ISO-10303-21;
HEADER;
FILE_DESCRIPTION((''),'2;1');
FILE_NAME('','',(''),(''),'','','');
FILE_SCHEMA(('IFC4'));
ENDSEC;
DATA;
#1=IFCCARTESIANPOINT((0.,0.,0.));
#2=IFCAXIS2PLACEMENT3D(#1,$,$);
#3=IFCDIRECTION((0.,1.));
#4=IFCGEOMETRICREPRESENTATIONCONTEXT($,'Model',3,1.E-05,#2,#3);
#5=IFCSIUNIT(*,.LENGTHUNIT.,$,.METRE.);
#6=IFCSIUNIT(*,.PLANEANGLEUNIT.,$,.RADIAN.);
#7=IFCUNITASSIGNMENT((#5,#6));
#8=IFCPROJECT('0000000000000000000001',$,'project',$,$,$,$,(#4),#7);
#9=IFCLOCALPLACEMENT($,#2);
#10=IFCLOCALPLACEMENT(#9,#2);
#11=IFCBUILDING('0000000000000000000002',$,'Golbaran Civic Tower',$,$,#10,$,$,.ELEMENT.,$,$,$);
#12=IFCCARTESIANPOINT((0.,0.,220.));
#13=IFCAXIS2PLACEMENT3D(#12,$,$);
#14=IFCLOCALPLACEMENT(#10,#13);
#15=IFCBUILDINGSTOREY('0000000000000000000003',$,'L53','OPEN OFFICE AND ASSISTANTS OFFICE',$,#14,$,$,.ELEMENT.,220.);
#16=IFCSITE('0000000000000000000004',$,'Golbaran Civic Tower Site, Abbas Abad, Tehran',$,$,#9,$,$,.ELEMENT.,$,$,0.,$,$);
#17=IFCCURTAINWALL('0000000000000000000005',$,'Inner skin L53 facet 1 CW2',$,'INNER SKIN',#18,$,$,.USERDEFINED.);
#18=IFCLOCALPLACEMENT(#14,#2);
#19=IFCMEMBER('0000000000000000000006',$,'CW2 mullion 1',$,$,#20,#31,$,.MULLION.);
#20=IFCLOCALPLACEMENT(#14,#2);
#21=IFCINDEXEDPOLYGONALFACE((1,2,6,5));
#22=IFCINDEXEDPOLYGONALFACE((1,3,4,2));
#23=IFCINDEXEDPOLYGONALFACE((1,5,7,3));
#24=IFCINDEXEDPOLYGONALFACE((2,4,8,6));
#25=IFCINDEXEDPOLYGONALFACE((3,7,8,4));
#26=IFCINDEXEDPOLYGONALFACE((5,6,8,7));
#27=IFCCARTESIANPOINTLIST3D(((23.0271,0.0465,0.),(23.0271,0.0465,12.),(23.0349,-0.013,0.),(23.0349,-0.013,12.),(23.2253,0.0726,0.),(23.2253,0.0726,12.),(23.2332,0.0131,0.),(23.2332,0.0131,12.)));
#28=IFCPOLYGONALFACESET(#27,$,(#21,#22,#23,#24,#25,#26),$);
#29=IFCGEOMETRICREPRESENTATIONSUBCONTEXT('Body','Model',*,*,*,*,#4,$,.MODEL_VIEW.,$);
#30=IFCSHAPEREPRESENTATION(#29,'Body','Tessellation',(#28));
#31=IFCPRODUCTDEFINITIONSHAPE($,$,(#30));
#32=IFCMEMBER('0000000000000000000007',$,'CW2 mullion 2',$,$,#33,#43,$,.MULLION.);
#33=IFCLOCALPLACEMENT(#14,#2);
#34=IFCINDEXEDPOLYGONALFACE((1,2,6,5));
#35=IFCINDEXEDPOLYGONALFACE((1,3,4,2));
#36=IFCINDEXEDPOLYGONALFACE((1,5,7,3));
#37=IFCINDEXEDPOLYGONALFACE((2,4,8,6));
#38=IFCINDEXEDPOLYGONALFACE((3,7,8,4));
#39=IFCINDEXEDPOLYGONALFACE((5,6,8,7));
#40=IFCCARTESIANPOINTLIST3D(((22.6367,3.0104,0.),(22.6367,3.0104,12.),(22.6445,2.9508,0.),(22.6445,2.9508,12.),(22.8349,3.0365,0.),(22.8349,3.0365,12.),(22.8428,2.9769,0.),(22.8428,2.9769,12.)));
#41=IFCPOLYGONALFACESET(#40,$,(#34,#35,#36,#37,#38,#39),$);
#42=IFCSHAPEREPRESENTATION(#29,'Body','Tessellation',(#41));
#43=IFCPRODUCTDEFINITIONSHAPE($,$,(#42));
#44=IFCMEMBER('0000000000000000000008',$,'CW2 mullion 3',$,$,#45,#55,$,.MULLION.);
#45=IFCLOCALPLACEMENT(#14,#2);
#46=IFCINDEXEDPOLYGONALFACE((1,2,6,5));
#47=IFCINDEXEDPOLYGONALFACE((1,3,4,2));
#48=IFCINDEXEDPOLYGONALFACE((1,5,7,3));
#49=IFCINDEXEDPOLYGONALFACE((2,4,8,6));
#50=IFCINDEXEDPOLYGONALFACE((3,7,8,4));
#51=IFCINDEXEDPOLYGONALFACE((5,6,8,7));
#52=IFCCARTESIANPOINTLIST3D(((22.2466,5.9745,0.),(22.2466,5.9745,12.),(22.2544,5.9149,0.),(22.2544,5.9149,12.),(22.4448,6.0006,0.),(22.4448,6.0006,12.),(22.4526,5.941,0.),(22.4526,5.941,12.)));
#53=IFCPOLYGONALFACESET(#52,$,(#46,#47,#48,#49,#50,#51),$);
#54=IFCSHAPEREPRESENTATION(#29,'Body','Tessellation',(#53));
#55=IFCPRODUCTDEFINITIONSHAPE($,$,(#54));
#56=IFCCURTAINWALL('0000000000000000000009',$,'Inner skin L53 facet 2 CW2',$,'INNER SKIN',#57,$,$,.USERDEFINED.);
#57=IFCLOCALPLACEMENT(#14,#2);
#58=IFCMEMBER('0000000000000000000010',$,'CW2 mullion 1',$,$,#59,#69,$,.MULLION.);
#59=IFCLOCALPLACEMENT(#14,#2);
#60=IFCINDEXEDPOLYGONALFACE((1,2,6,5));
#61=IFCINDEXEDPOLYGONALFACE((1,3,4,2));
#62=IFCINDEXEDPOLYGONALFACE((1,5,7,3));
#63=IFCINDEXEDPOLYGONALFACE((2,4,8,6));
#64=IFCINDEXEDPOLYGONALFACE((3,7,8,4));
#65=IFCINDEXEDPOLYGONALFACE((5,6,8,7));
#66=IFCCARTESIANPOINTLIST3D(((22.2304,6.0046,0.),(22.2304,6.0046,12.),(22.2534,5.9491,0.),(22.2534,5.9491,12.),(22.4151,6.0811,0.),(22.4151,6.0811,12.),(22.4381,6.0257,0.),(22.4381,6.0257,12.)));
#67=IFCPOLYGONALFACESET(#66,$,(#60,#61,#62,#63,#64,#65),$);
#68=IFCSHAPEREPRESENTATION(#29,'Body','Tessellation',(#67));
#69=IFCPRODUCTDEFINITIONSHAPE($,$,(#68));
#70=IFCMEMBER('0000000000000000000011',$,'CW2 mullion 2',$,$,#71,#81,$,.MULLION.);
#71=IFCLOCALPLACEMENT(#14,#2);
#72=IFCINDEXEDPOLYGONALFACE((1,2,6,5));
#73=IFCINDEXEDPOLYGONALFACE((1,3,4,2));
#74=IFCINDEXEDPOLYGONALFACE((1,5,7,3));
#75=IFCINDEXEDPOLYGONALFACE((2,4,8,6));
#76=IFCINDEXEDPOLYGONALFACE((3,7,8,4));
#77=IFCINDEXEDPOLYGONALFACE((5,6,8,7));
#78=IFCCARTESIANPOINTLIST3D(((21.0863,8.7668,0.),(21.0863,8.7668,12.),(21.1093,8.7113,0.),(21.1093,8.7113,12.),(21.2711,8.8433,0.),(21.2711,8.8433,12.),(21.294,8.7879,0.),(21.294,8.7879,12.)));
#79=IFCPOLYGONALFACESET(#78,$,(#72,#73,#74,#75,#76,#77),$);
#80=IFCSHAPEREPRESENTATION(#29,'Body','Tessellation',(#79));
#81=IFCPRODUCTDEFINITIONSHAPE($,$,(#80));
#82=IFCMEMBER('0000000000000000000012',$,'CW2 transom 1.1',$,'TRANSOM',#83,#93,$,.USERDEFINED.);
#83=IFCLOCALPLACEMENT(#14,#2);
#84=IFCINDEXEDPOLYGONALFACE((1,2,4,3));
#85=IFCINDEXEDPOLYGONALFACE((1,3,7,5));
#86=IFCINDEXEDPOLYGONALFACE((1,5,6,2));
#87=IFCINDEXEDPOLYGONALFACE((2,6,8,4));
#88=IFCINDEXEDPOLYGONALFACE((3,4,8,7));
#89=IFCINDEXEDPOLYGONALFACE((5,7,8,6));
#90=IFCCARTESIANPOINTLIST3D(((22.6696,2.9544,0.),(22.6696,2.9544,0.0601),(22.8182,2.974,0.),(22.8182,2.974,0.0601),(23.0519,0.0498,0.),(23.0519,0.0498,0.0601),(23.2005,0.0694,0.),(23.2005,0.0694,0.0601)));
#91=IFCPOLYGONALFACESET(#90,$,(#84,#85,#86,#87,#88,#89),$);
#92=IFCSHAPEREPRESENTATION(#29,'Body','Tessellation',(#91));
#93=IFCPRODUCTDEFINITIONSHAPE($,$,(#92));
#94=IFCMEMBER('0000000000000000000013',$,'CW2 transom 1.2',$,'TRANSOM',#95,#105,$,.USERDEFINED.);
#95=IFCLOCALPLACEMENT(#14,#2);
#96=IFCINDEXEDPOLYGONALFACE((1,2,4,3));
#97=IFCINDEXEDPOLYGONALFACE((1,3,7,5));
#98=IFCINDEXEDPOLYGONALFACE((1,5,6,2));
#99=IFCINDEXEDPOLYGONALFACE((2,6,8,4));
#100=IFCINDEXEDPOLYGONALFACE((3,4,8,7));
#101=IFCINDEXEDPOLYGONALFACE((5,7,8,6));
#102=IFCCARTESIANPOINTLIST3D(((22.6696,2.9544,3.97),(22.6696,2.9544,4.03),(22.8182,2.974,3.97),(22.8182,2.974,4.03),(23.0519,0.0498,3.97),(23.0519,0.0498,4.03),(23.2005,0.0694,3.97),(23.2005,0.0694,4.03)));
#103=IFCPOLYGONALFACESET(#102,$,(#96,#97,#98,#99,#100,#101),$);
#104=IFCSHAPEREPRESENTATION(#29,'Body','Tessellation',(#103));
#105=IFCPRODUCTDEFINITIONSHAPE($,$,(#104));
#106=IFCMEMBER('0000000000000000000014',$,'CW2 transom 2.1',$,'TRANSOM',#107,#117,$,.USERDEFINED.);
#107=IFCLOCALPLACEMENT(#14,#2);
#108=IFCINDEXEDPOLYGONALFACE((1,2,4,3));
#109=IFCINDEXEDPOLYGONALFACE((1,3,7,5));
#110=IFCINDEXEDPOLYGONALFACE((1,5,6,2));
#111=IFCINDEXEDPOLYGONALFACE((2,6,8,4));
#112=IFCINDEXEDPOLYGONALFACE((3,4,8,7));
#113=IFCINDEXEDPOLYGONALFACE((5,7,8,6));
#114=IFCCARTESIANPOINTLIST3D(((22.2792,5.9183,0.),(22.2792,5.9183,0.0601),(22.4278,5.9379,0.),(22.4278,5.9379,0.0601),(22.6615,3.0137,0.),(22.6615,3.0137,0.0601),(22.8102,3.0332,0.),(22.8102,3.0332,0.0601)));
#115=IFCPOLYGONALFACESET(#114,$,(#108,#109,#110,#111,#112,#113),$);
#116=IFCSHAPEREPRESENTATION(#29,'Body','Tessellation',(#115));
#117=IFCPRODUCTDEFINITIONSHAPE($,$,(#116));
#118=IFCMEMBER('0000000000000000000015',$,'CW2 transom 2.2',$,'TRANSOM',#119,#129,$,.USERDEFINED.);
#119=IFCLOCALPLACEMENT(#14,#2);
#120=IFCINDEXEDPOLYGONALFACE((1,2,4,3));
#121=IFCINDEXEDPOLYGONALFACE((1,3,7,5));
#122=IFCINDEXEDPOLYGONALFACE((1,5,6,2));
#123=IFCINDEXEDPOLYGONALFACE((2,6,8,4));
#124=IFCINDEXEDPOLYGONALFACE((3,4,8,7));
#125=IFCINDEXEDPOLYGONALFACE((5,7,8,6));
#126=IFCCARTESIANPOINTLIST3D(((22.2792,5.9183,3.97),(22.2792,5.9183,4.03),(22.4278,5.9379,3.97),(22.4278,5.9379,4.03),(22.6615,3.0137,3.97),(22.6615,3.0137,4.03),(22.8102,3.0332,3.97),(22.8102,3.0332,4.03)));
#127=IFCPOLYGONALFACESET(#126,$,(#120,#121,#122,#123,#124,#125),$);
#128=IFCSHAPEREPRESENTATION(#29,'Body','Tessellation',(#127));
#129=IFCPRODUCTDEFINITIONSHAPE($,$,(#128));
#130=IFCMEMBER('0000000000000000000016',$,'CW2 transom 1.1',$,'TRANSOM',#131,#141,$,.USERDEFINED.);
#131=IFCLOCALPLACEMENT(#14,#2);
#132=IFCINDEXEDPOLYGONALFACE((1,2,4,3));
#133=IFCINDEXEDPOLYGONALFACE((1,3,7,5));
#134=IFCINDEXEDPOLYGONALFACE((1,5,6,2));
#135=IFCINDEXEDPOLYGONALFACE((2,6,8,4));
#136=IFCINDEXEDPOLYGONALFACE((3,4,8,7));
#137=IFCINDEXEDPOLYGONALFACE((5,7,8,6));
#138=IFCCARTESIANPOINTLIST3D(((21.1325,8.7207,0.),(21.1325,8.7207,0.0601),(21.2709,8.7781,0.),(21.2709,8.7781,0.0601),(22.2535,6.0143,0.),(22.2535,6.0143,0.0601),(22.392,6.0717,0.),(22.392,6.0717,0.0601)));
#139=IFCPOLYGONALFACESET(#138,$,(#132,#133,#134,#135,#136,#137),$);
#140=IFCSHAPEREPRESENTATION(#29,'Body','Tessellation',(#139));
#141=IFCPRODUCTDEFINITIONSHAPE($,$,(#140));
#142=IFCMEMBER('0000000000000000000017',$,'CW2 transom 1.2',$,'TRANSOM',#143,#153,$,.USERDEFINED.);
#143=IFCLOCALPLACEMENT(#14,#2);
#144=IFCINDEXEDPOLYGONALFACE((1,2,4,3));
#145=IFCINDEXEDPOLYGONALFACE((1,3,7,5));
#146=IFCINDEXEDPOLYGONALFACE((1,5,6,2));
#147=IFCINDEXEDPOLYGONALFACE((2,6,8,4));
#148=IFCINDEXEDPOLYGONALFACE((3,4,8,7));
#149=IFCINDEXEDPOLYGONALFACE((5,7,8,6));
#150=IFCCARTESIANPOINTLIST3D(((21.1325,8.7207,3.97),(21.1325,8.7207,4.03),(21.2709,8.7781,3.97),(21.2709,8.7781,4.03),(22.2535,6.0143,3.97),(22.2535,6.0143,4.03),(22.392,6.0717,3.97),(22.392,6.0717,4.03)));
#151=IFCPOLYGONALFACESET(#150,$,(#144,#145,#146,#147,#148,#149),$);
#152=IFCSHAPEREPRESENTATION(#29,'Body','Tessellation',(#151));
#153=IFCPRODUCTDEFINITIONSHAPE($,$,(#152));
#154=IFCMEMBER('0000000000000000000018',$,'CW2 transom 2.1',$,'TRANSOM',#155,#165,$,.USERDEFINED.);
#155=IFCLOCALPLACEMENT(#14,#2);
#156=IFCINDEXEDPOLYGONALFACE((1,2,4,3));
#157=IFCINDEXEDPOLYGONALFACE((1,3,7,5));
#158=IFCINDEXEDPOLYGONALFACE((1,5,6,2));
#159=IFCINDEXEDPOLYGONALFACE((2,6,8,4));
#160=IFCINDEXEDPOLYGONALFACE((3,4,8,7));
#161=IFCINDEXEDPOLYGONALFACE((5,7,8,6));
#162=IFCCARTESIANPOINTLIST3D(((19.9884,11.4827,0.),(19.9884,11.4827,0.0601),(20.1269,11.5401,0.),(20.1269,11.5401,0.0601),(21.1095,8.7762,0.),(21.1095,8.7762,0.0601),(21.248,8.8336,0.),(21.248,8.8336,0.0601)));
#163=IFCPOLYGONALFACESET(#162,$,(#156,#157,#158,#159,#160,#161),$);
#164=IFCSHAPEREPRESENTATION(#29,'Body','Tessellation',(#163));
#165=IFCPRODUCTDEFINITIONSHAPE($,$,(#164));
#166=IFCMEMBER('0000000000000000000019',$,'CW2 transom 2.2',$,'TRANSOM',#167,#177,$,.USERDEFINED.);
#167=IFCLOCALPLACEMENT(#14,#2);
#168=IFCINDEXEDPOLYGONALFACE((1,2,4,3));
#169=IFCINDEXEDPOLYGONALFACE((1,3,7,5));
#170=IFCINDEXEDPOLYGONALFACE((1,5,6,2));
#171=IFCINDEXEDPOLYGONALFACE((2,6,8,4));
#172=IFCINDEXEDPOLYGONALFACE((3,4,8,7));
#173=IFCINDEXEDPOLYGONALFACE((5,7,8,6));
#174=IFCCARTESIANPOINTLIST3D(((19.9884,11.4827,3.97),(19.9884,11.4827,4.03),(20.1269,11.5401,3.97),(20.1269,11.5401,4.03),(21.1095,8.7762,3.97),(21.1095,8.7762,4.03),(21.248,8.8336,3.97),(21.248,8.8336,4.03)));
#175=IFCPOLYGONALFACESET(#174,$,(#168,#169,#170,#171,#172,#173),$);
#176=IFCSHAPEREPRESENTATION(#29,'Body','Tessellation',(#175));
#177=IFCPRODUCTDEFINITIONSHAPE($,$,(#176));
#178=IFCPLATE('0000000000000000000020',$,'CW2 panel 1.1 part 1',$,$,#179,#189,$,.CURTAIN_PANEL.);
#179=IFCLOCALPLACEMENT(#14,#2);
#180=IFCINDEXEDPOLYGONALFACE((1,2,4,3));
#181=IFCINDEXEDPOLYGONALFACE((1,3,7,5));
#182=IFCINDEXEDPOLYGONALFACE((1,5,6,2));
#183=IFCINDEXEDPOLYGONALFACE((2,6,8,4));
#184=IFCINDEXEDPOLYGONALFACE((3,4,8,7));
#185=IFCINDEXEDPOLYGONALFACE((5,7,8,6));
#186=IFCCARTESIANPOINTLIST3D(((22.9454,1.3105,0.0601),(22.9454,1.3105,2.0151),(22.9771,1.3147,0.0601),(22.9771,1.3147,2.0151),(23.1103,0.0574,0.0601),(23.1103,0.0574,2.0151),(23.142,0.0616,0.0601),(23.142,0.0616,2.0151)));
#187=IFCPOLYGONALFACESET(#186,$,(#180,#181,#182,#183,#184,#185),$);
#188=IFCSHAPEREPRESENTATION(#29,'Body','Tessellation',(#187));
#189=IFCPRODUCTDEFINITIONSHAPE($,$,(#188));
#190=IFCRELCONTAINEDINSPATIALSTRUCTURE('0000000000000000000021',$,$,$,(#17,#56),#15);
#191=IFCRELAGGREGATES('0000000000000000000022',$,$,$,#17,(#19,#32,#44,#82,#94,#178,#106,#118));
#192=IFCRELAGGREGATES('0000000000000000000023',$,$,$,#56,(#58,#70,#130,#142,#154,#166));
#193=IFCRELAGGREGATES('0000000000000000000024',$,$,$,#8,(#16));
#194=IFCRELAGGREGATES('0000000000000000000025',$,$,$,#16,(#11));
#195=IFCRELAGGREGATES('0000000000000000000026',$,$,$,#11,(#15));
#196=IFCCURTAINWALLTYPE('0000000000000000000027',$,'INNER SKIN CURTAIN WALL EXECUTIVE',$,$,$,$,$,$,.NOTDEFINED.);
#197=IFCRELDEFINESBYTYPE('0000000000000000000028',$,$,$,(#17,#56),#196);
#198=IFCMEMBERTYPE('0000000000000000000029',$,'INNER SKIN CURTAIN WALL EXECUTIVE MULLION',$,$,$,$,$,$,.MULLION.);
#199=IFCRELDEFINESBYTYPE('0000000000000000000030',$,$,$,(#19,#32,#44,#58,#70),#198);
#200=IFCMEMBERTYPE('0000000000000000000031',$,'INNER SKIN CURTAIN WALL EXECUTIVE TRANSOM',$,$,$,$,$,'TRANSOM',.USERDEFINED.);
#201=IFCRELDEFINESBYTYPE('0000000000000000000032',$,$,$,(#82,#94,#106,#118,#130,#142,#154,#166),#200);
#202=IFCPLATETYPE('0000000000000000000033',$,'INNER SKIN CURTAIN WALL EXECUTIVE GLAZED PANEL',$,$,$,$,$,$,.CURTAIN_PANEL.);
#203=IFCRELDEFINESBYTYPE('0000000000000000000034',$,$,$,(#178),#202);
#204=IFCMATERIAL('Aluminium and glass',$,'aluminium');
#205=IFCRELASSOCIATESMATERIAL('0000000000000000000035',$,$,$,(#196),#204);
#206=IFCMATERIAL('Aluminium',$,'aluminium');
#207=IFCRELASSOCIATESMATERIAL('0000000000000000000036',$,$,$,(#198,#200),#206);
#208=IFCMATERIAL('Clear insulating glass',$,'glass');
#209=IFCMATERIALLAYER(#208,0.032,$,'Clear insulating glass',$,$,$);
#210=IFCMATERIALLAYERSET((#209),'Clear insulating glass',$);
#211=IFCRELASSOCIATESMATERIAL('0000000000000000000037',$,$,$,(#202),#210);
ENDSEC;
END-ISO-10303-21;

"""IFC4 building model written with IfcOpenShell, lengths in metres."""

from ifc_helpers import new_model, si_unit, direction, frame, origin, origin_2d, place, context, subcontext, project, spatial, rectangle, extrude, material, layer, layer_set, material_profile, profile_set, type_object, element, aggregate, save


model = new_model("IFC4")

# Units and contexts
model_context = context("Model", 3, precision=1e-05, world=origin(), true_north=direction((0.0, 1.0)))
body_context = subcontext(model_context, "Body", "Model", "MODEL_VIEW")
ifc_project = project(units=[si_unit("LENGTHUNIT", "METRE"), si_unit("PLANEANGLEUNIT", "RADIAN")], contexts=[model_context])

# Site, building, storey
site_placement = place(None, origin())
site = spatial("IfcSite", under=ifc_project, at=site_placement, Name="Golbaran Civic Tower Site, Abbas Abad, Tehran", CompositionType="ELEMENT", RefElevation=0.0)
building_placement = place(site_placement, origin())
building = spatial("IfcBuilding", under=site, at=building_placement, Name="Golbaran Civic Tower", CompositionType="ELEMENT")
storey_placement = place(building_placement, frame((0.0, 0.0, 220.0)))
storey = spatial("IfcBuildingStorey", under=building, at=storey_placement, Name="L53", Description="OPEN OFFICE AND ASSISTANTS OFFICE", CompositionType="ELEMENT", Elevation=220.0)

# Curtain walls, members
ifc_material_1 = material(Name="Aluminium and glass", Category="aluminium")
curtain_wall_type = type_object("IfcCurtainWallType", Name="INNER SKIN CURTAIN WALL EXECUTIVE", PredefinedType="NOTDEFINED", material=ifc_material_1)
curtain_wall_1_placement = place(storey_placement, origin())
curtain_wall_1 = element("IfcCurtainWall", 1, at=curtain_wall_1_placement, inside=storey, type_object=curtain_wall_type, Name="Inner skin L53 facet 1 CW2", ObjectType="INNER SKIN", PredefinedType="USERDEFINED")
ifc_material_2 = material(Name="Aluminium", Category="aluminium")
ifc_material_profile_1 = material_profile(ifc_material_2, rectangle(XDim=0.2, YDim=0.0601, at=origin_2d()), Name="INNER SKIN CURTAIN WALL EXECUTIVE MULLION")
ifc_profile_set_1 = profile_set([ifc_material_profile_1], Name="Aluminium")
member_type_1 = type_object("IfcMemberType", Name="INNER SKIN CURTAIN WALL EXECUTIVE MULLION", PredefinedType="MULLION", material=ifc_profile_set_1)
member_1_placement = place(storey_placement, frame((23.1301, 0.0298, 0.0), z_axis=(0.0, 0.0, 1.0), x_axis=(-0.991445, -0.130526, 0.0)))
member_1 = element("IfcMember", 2, at=member_1_placement, type_object=member_type_1, Name="CW2 mullion 1", PredefinedType="MULLION", context=body_context, shape_type="SweptSolid", body=[
    extrude(rectangle(XDim=0.2, YDim=0.0601, at=origin_2d()), origin(), (0.0, 0.0, 1.0), 12.0),
])
member_2_placement = place(storey_placement, frame((22.7397, 2.9937, 0.0), z_axis=(0.0, 0.0, 1.0), x_axis=(-0.991445, -0.130526, 0.0)))
member_2 = element("IfcMember", 3, at=member_2_placement, type_object=member_type_1, Name="CW2 mullion 2", PredefinedType="MULLION", context=body_context, shape_type="SweptSolid", body=[
    extrude(rectangle(XDim=0.2, YDim=0.0601, at=origin_2d()), origin(), (0.0, 0.0, 1.0), 12.0),
])
member_3_placement = place(storey_placement, frame((22.3496, 5.9578, 0.0), z_axis=(0.0, 0.0, 1.0), x_axis=(-0.991445, -0.130526, 0.0)))
member_3 = element("IfcMember", 4, at=member_3_placement, type_object=member_type_1, Name="CW2 mullion 3", PredefinedType="MULLION", context=body_context, shape_type="SweptSolid", body=[
    extrude(rectangle(XDim=0.2, YDim=0.0601, at=origin_2d()), origin(), (0.0, 0.0, 1.0), 12.0),
])
curtain_wall_2_placement = place(storey_placement, origin())
curtain_wall_2 = element("IfcCurtainWall", 5, at=curtain_wall_2_placement, inside=storey, type_object=curtain_wall_type, Name="Inner skin L53 facet 2 CW2", ObjectType="INNER SKIN", PredefinedType="USERDEFINED")
member_4_placement = place(storey_placement, frame((22.3342, 6.0151, 0.0), z_axis=(0.0, 0.0, 1.0), x_axis=(-0.92388, -0.382683, 0.0)))
member_4 = element("IfcMember", 6, at=member_4_placement, type_object=member_type_1, Name="CW2 mullion 1", PredefinedType="MULLION", context=body_context, shape_type="SweptSolid", body=[
    extrude(rectangle(XDim=0.2, YDim=0.0601, at=origin_2d()), origin(), (0.0, 0.0, 1.0), 12.0),
])
member_5_placement = place(storey_placement, frame((21.1902, 8.7773, 0.0), z_axis=(0.0, 0.0, 1.0), x_axis=(-0.92388, -0.382683, 0.0)))
member_5 = element("IfcMember", 7, at=member_5_placement, type_object=member_type_1, Name="CW2 mullion 2", PredefinedType="MULLION", context=body_context, shape_type="SweptSolid", body=[
    extrude(rectangle(XDim=0.2, YDim=0.0601, at=origin_2d()), origin(), (0.0, 0.0, 1.0), 12.0),
])

# Members
ifc_material_profile_2 = material_profile(ifc_material_2, rectangle(XDim=0.1499, YDim=0.0601, at=origin_2d()), Name="INNER SKIN CURTAIN WALL EXECUTIVE TRANSOM")
ifc_profile_set_2 = profile_set([ifc_material_profile_2], Name="Aluminium")
member_type_2 = type_object("IfcMemberType", Name="INNER SKIN CURTAIN WALL EXECUTIVE TRANSOM", ElementType="TRANSOM", PredefinedType="USERDEFINED", material=ifc_profile_set_2)
member_6_placement = place(storey_placement, frame((23.1262, 0.0596, 0.03), z_axis=(-0.130504, 0.991448, 0.0), x_axis=(-0.991448, -0.130504, 0.0)))
member_6 = element("IfcMember", 8, at=member_6_placement, type_object=member_type_2, Name="CW2 transom 1.1", ObjectType="TRANSOM", PredefinedType="USERDEFINED", context=body_context, shape_type="SweptSolid", body=[
    extrude(rectangle(XDim=0.1499, YDim=0.0601, at=origin_2d()), origin(), (0.0, 0.0, 1.0), 2.9297),
])
member_7_placement = place(storey_placement, frame((23.1262, 0.0596, 4.0), z_axis=(-0.130504, 0.991448, 0.0), x_axis=(-0.991448, -0.130504, 0.0)))
member_7 = element("IfcMember", 9, at=member_7_placement, type_object=member_type_2, Name="CW2 transom 1.2", ObjectType="TRANSOM", PredefinedType="USERDEFINED", context=body_context, shape_type="SweptSolid", body=[
    extrude(rectangle(XDim=0.1499, YDim=0.0601, at=origin_2d()), origin(), (0.0, 0.0, 1.0), 2.9297),
])
member_8_placement = place(storey_placement, frame((22.7358, 3.0234, 0.03), z_axis=(-0.130504, 0.991448, 0.0), x_axis=(-0.991448, -0.130504, 0.0)))
member_8 = element("IfcMember", 10, at=member_8_placement, type_object=member_type_2, Name="CW2 transom 2.1", ObjectType="TRANSOM", PredefinedType="USERDEFINED", context=body_context, shape_type="SweptSolid", body=[
    extrude(rectangle(XDim=0.1499, YDim=0.0601, at=origin_2d()), origin(), (0.0, 0.0, 1.0), 2.9297),
])
member_9_placement = place(storey_placement, frame((22.7358, 3.0234, 4.0), z_axis=(-0.130504, 0.991448, 0.0), x_axis=(-0.991448, -0.130504, 0.0)))
member_9 = element("IfcMember", 11, at=member_9_placement, type_object=member_type_2, Name="CW2 transom 2.2", ObjectType="TRANSOM", PredefinedType="USERDEFINED", context=body_context, shape_type="SweptSolid", body=[
    extrude(rectangle(XDim=0.1499, YDim=0.0601, at=origin_2d()), origin(), (0.0, 0.0, 1.0), 2.9297),
])
member_10_placement = place(storey_placement, frame((22.3228, 6.043, 0.03), z_axis=(-0.382685, 0.923879, 0.0), x_axis=(-0.923879, -0.382685, 0.0)))
member_10 = element("IfcMember", 12, at=member_10_placement, type_object=member_type_2, Name="CW2 transom 1.1", ObjectType="TRANSOM", PredefinedType="USERDEFINED", context=body_context, shape_type="SweptSolid", body=[
    extrude(rectangle(XDim=0.1499, YDim=0.0601, at=origin_2d()), origin(), (0.0, 0.0, 1.0), 2.9294),
])
member_11_placement = place(storey_placement, frame((22.3228, 6.043, 4.0), z_axis=(-0.382685, 0.923879, 0.0), x_axis=(-0.923879, -0.382685, 0.0)))
member_11 = element("IfcMember", 13, at=member_11_placement, type_object=member_type_2, Name="CW2 transom 1.2", ObjectType="TRANSOM", PredefinedType="USERDEFINED", context=body_context, shape_type="SweptSolid", body=[
    extrude(rectangle(XDim=0.1499, YDim=0.0601, at=origin_2d()), origin(), (0.0, 0.0, 1.0), 2.9294),
])
member_12_placement = place(storey_placement, frame((21.1787, 8.8049, 0.03), z_axis=(-0.382685, 0.923879, 0.0), x_axis=(-0.923879, -0.382685, 0.0)))
member_12 = element("IfcMember", 14, at=member_12_placement, type_object=member_type_2, Name="CW2 transom 2.1", ObjectType="TRANSOM", PredefinedType="USERDEFINED", context=body_context, shape_type="SweptSolid", body=[
    extrude(rectangle(XDim=0.1499, YDim=0.0601, at=origin_2d()), origin(), (0.0, 0.0, 1.0), 2.9294),
])
member_13_placement = place(storey_placement, frame((21.1787, 8.8049, 4.0), z_axis=(-0.382685, 0.923879, 0.0), x_axis=(-0.923879, -0.382685, 0.0)))
member_13 = element("IfcMember", 15, at=member_13_placement, type_object=member_type_2, Name="CW2 transom 2.2", ObjectType="TRANSOM", PredefinedType="USERDEFINED", context=body_context, shape_type="SweptSolid", body=[
    extrude(rectangle(XDim=0.1499, YDim=0.0601, at=origin_2d()), origin(), (0.0, 0.0, 1.0), 2.9294),
])

# Plate
ifc_material_3 = material(Name="Clear insulating glass", Category="glass")
ifc_layer_1 = layer(ifc_material_3, 0.032, Name="Clear insulating glass")
ifc_layer_set_1 = layer_set([ifc_layer_1], Name="Clear insulating glass")
plate_type_1 = type_object("IfcPlateType", Name="INNER SKIN CURTAIN WALL EXECUTIVE GLAZED PANEL", PredefinedType="CURTAIN_PANEL", material=ifc_layer_set_1)
plate_1_placement = place(storey_placement, frame((23.0437, 0.686, 0.0601), z_axis=(0.0, 0.0, 1.0), x_axis=(-0.130526, 0.991445, 0.0)))
plate_1 = element("IfcPlate", 16, at=plate_1_placement, type_object=plate_type_1, Name="CW2 panel 1.1 part 1", PredefinedType="CURTAIN_PANEL", context=body_context, shape_type="SweptSolid", body=[
    extrude(rectangle(XDim=1.2639, YDim=0.032, at=origin_2d()), origin(), (0.0, 0.0, 1.0), 1.9551),
])
aggregate(curtain_wall_1, [member_1, member_2, member_3, member_6, member_7, plate_1, member_8, member_9])
aggregate(curtain_wall_2, [member_4, member_5, member_10, member_11, member_12, member_13])

save(model, "model.ifc")
